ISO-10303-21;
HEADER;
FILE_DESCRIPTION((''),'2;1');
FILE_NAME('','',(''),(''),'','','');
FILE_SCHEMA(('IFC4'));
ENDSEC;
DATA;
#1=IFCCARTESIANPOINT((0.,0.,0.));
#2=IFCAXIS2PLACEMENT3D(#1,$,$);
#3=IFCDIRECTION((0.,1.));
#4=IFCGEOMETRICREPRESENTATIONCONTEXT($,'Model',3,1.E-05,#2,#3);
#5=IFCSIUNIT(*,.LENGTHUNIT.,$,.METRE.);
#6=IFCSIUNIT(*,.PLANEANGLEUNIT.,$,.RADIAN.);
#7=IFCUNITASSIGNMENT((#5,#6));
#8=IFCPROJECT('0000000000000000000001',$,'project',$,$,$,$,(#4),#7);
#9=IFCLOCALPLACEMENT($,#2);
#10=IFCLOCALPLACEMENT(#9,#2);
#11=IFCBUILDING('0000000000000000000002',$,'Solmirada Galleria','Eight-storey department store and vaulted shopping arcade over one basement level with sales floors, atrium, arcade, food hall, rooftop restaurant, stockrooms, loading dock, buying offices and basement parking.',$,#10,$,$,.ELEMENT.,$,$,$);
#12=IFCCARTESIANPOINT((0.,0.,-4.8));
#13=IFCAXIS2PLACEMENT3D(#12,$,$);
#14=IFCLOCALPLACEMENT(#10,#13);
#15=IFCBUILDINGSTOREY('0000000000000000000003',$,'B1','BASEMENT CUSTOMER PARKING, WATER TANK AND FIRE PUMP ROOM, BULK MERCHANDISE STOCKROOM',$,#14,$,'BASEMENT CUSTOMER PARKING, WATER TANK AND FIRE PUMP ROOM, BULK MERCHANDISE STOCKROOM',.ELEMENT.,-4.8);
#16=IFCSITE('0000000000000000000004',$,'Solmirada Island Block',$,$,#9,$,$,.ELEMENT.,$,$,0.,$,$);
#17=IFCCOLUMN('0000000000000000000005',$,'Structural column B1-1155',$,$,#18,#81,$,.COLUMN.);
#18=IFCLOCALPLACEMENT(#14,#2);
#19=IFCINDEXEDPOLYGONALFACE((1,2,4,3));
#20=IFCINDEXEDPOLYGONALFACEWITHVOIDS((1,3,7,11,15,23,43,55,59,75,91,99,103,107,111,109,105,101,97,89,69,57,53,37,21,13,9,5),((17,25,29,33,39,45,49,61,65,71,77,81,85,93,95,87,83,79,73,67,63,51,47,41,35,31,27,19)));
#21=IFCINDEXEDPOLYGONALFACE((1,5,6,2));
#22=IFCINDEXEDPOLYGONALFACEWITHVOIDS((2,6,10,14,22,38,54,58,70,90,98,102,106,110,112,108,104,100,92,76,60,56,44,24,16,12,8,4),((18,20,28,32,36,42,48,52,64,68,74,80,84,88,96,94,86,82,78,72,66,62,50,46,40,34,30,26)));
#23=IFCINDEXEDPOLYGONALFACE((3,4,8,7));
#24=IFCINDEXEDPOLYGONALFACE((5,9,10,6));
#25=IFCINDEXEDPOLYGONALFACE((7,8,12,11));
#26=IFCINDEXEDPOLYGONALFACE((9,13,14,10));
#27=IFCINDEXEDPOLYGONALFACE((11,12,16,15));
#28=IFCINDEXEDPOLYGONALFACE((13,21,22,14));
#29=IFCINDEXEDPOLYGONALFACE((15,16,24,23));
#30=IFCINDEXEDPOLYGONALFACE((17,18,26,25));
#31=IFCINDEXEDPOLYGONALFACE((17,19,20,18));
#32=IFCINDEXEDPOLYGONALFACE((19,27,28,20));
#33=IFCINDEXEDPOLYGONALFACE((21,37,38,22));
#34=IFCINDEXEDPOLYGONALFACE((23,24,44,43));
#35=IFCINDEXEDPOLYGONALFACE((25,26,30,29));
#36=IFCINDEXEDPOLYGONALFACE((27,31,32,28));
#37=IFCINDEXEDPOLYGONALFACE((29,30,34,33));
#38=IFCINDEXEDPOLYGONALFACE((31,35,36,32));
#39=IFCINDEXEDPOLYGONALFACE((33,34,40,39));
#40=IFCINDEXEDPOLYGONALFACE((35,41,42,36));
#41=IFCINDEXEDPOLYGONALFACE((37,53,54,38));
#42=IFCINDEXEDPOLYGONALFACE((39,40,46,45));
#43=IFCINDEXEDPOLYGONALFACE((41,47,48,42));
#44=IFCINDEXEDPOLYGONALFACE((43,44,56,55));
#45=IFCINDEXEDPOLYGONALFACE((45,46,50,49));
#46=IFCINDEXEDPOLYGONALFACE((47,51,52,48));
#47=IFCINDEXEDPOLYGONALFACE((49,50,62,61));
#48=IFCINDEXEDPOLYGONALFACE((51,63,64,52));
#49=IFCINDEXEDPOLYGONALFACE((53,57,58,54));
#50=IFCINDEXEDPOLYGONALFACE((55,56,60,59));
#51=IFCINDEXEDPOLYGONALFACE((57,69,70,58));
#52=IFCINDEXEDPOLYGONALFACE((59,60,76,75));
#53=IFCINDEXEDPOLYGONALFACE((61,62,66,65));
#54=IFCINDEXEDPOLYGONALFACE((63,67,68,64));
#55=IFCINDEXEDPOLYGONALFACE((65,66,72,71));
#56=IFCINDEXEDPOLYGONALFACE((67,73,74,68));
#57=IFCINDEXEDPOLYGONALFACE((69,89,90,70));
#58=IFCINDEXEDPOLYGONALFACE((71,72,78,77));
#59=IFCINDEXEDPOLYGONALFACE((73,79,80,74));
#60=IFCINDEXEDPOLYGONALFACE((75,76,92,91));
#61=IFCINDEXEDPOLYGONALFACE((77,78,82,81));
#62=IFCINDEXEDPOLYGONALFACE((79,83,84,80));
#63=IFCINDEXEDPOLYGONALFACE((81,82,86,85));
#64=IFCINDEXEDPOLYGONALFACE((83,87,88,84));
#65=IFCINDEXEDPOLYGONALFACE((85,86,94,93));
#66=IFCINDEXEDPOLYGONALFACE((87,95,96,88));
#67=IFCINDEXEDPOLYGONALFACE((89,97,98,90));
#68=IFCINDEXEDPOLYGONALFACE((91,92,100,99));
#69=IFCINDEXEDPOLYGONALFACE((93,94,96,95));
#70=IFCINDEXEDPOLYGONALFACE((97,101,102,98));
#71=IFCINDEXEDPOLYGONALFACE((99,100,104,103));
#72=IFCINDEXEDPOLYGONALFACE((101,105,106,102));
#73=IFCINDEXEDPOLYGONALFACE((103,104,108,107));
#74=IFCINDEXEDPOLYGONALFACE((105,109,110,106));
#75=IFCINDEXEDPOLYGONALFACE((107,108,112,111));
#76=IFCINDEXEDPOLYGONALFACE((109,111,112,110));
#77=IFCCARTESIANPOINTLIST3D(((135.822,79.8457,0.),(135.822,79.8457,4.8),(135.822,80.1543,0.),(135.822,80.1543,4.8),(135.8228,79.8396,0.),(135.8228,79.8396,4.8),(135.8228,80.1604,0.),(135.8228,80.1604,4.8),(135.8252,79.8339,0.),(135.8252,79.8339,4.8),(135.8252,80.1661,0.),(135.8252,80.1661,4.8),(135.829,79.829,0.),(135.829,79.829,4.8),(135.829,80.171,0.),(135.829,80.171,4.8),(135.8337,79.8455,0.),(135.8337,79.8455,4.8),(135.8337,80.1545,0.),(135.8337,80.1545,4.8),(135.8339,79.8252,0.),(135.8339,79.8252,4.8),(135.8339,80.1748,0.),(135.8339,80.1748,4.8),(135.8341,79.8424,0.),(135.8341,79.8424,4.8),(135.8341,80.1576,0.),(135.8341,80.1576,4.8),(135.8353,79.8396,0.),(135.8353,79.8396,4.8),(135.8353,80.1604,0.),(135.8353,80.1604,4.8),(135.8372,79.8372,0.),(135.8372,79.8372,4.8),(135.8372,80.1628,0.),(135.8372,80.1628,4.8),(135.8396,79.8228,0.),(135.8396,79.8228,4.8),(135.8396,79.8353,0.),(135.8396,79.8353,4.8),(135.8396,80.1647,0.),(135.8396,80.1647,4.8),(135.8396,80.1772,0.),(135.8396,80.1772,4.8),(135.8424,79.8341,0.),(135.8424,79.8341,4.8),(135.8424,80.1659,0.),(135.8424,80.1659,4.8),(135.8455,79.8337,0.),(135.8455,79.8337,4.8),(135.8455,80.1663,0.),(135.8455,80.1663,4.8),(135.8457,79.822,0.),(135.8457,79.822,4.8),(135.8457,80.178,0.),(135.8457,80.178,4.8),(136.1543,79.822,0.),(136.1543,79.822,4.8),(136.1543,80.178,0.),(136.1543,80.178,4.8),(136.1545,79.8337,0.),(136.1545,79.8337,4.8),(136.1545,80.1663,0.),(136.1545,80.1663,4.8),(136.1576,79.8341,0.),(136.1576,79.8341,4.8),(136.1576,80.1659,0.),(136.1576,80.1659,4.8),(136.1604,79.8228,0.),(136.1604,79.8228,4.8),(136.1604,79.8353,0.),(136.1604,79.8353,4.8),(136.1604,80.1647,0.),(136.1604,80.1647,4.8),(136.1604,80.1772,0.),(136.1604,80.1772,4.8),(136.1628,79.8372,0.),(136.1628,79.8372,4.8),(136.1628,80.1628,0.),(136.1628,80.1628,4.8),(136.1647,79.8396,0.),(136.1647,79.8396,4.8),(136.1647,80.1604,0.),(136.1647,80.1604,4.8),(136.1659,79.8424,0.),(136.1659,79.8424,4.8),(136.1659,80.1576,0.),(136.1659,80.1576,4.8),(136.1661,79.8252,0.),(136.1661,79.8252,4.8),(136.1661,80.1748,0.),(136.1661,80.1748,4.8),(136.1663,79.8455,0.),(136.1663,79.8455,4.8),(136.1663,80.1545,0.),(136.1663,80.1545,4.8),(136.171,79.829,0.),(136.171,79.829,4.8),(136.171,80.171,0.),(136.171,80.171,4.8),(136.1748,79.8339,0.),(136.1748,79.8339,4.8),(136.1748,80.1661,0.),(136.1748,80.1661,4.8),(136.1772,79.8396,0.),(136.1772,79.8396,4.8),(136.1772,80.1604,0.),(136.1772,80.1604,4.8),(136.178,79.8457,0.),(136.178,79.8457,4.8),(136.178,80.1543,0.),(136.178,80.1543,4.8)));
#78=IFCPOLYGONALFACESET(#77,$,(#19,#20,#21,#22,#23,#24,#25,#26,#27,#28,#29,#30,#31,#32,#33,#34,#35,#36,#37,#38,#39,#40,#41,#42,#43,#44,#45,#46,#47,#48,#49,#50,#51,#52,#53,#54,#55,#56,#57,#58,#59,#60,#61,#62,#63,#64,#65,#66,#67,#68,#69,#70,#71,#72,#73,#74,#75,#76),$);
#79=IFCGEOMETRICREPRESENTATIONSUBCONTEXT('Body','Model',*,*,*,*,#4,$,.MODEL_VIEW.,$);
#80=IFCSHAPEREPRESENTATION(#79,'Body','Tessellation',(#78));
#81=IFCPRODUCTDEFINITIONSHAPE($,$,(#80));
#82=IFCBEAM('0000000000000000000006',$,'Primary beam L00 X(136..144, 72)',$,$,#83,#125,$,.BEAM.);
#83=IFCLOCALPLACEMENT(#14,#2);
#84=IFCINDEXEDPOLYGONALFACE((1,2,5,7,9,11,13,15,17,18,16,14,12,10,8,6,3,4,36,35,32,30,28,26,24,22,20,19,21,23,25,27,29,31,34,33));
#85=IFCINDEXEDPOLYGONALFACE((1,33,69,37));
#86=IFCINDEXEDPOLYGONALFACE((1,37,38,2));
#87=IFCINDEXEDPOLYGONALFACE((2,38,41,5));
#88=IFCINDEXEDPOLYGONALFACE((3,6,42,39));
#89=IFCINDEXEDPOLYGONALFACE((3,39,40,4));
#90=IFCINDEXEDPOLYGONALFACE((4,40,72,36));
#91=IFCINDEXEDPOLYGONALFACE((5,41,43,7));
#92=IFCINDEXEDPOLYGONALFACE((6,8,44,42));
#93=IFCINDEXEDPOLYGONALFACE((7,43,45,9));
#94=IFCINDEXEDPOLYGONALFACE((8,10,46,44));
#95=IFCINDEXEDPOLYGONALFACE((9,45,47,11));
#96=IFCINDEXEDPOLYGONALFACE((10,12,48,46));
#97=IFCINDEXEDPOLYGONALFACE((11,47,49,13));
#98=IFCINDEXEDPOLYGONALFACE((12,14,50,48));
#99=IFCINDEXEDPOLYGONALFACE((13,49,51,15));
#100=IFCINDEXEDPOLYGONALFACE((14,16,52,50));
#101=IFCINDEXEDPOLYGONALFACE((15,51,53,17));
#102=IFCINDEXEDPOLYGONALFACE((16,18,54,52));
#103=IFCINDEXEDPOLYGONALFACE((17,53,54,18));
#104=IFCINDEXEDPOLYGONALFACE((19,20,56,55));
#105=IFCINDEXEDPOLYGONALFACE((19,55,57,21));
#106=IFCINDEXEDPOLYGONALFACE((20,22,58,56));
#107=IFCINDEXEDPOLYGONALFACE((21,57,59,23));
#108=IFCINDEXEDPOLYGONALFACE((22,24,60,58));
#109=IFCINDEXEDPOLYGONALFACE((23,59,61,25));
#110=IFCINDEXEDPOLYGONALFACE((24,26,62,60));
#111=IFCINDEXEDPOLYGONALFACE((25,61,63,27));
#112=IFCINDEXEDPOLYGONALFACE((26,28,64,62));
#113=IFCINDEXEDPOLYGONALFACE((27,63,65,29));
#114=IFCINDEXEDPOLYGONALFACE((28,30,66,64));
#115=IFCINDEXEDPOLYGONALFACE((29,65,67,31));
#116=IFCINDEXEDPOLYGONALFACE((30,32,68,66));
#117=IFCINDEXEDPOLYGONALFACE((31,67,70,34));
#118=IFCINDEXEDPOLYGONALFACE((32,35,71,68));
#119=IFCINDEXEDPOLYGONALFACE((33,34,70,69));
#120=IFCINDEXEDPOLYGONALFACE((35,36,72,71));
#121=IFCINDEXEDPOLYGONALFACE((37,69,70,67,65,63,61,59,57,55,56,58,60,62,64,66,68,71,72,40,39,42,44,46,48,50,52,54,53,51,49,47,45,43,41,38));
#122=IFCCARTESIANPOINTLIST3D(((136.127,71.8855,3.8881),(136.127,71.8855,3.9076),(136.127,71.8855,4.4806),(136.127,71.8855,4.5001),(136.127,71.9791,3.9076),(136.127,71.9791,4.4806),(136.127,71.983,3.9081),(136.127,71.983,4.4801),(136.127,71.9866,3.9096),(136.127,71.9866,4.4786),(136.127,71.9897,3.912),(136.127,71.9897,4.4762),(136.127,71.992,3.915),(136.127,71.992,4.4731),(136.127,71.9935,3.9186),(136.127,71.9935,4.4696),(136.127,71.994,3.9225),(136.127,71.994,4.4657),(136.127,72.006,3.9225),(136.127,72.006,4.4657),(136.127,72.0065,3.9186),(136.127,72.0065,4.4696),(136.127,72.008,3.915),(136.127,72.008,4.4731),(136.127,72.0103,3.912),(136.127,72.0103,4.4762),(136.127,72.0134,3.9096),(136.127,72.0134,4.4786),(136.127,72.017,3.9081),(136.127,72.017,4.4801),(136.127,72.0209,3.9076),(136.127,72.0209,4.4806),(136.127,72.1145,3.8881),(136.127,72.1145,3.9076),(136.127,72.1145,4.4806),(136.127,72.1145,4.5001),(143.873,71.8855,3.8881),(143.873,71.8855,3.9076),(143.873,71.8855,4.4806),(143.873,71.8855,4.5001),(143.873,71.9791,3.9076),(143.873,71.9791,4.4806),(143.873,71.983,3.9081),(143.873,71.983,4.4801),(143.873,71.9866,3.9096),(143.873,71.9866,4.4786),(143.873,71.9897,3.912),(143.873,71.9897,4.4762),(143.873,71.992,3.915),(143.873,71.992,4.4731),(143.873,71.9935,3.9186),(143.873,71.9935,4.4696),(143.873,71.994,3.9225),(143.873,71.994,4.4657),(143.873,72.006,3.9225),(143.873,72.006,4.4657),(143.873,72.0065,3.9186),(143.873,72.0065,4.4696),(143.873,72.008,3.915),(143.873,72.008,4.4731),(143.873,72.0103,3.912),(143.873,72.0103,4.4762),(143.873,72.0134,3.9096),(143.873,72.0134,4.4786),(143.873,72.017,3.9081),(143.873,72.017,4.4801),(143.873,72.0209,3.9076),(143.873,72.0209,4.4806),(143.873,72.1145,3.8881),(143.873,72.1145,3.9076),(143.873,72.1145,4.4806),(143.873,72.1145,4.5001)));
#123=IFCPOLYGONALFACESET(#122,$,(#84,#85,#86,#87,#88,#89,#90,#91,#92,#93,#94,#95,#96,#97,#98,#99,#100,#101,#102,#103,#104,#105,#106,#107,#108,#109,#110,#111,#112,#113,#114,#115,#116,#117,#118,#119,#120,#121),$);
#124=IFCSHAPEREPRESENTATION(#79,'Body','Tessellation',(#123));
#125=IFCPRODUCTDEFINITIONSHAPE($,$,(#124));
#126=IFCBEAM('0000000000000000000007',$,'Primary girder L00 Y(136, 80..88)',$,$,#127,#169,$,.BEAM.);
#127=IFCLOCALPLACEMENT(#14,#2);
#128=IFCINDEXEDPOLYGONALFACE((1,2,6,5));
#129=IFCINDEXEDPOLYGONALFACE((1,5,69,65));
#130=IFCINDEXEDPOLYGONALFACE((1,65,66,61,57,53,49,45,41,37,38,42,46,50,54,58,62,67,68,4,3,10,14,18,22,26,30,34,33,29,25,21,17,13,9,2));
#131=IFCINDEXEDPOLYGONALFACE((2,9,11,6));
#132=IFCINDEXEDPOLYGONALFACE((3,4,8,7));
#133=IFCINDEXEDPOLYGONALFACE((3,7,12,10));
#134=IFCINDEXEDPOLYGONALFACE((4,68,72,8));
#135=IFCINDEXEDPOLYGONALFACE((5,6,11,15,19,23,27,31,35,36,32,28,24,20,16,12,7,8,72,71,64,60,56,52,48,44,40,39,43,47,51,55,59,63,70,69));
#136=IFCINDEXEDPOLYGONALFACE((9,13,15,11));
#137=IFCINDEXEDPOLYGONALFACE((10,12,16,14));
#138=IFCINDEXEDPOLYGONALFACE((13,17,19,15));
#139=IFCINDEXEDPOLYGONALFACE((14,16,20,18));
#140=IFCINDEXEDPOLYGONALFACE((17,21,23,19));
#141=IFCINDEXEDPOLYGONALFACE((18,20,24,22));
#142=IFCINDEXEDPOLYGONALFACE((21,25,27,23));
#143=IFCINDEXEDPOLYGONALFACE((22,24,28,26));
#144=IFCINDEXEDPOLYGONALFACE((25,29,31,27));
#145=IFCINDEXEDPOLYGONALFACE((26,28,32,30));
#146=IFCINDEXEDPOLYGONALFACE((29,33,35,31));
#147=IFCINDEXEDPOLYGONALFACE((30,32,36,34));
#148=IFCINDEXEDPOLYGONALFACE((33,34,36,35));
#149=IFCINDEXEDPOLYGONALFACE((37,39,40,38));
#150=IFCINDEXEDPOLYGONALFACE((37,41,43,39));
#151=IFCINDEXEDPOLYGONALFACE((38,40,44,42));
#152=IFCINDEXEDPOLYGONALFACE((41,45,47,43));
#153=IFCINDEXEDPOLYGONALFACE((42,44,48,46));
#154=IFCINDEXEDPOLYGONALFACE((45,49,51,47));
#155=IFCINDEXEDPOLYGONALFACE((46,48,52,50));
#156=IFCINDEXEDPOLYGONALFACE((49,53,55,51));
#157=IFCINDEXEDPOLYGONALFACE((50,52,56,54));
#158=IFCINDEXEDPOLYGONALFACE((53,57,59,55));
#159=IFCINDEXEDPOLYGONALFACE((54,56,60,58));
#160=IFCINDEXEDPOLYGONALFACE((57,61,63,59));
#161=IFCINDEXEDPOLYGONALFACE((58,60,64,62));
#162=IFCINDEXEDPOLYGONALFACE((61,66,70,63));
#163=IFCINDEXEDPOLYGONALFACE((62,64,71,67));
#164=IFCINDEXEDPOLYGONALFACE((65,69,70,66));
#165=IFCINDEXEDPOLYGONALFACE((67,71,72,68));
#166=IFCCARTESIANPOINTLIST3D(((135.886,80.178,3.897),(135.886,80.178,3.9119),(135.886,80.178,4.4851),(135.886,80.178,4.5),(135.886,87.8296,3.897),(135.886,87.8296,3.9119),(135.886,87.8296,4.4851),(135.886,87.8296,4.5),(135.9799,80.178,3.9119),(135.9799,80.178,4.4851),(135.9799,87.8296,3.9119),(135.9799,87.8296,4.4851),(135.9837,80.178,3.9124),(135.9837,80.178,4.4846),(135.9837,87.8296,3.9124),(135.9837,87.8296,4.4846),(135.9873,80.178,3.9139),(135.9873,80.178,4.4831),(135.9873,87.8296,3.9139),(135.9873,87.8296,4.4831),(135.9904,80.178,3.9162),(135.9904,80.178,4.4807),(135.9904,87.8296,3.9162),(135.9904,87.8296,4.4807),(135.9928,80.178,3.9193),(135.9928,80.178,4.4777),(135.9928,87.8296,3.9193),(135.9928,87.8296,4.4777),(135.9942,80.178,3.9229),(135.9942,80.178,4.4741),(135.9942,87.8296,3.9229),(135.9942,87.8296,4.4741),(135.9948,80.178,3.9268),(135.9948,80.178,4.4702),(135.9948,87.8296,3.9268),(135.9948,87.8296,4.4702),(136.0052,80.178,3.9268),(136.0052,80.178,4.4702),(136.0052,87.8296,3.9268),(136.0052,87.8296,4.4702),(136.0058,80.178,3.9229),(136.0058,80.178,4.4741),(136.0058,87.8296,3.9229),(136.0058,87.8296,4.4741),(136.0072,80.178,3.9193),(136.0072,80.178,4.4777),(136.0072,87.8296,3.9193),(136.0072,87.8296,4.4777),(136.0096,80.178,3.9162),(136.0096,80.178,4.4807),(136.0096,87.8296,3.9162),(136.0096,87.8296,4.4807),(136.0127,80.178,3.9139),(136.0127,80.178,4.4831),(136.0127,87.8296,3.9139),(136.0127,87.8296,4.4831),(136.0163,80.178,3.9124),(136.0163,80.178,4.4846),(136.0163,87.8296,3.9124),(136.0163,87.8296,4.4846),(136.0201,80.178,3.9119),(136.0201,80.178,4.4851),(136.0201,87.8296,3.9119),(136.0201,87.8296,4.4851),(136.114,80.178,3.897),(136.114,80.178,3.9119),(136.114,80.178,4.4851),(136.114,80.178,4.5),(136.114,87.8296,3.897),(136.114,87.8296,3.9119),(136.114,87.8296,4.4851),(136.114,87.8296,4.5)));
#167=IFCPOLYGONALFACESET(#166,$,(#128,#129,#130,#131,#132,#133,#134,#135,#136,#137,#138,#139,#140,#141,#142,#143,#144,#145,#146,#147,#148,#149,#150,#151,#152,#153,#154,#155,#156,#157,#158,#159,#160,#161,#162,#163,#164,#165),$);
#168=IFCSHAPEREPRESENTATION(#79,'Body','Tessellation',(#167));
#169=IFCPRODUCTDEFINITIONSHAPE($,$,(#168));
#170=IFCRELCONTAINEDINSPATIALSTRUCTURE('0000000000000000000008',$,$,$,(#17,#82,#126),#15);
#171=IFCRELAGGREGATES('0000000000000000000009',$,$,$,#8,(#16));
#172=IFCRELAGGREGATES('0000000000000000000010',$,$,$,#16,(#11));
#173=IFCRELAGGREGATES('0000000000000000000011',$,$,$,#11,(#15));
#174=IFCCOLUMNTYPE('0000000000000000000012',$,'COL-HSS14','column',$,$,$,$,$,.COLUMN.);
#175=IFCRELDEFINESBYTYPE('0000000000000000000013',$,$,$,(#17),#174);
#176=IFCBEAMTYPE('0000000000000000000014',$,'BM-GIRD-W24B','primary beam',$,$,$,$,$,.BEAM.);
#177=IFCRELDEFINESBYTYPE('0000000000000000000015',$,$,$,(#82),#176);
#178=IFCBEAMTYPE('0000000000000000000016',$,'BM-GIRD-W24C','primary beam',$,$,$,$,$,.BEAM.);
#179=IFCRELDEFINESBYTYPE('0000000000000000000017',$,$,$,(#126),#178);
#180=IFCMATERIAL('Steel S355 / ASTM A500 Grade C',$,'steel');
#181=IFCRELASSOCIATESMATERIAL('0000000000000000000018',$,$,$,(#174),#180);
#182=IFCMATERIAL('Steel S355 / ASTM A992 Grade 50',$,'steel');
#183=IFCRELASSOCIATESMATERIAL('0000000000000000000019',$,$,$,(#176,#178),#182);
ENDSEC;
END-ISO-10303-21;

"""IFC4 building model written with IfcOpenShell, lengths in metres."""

from ifc_helpers import new_model, si_unit, direction, frame, origin, origin_2d, place, context, subcontext, project, spatial, hollow_rectangle, i_section, extrude, material, material_profile, profile_set, type_object, element, save


model = new_model("IFC4")

# Units and contexts
model_context = context("Model", 3, precision=1e-05, world=origin(), true_north=direction((0.0, 1.0)))
body_context = subcontext(model_context, "Body", "Model", "MODEL_VIEW")
ifc_project = project(units=[si_unit("LENGTHUNIT", "METRE"), si_unit("PLANEANGLEUNIT", "RADIAN")], contexts=[model_context])

# Site, building, storey
site_placement = place(None, origin())
site = spatial("IfcSite", under=ifc_project, at=site_placement, Name="Solmirada Island Block", CompositionType="ELEMENT", RefElevation=0.0)
building_placement = place(site_placement, origin())
building = spatial("IfcBuilding", under=site, at=building_placement, Name="Solmirada Galleria", Description="Eight-storey department store and vaulted shopping arcade over one basement level with sales floors, atrium, arcade, food hall, rooftop restaurant, stockrooms, loading dock, buying offices and basement parking.", CompositionType="ELEMENT")
storey_placement = place(building_placement, frame((0.0, 0.0, -4.8)))
storey = spatial("IfcBuildingStorey", under=building, at=storey_placement, Name="B1", Description="BASEMENT CUSTOMER PARKING, WATER TANK AND FIRE PUMP ROOM, BULK MERCHANDISE STOCKROOM", LongName="BASEMENT CUSTOMER PARKING, WATER TANK AND FIRE PUMP ROOM, BULK MERCHANDISE STOCKROOM", CompositionType="ELEMENT", Elevation=-4.8)

# Column
ifc_material_1 = material(Name="Steel S355 / ASTM A500 Grade C", Category="steel")
ifc_material_profile_1 = material_profile(ifc_material_1, hollow_rectangle(XDim=0.356, YDim=0.356, WallThickness=0.0117, InnerFilletRadius=0.0117, OuterFilletRadius=0.0237, at=origin_2d()), Name="HSS14X14X1/2")
ifc_profile_set_1 = profile_set([ifc_material_profile_1], Name="Steel S355 / ASTM A500 Grade C")
column_type_1 = type_object("IfcColumnType", Name="COL-HSS14", Description="column", PredefinedType="COLUMN", material=ifc_profile_set_1)
column_placement = place(storey_placement, frame((136.0, 80.0, 0.0), z_axis=(0.0, 0.0, 1.0), x_axis=(1.0, 0.0, 0.0)))
element("IfcColumn", 1, at=column_placement, inside=storey, type_object=column_type_1, Name="Structural column B1-1155", PredefinedType="COLUMN", context=body_context, shape_type="SweptSolid", body=[
    extrude(hollow_rectangle(XDim=0.356, YDim=0.356, WallThickness=0.0117, InnerFilletRadius=0.0117, OuterFilletRadius=0.0237, at=origin_2d()), origin(), (0.0, 0.0, 1.0), 4.8),
])

# Beams
ifc_material_2 = material(Name="Steel S355 / ASTM A992 Grade 50", Category="steel")
ifc_material_profile_2 = material_profile(ifc_material_2, i_section(OverallWidth=0.229, OverallDepth=0.6121, WebThickness=0.012, FlangeThickness=0.0195, FilletRadius=0.0149, at=origin_2d()), Name="W24X84")
ifc_profile_set_2 = profile_set([ifc_material_profile_2], Name="Steel S355 / ASTM A992 Grade 50")
beam_type_1 = type_object("IfcBeamType", Name="BM-GIRD-W24B", Description="primary beam", PredefinedType="BEAM", material=ifc_profile_set_2)
beam_1_placement = place(storey_placement, frame((136.127, 72.0, 4.1941), z_axis=(1.0, 0.0, 0.0), x_axis=(0.0, 1.0, 0.0)))
element("IfcBeam", 2, at=beam_1_placement, inside=storey, type_object=beam_type_1, Name="Primary beam L00 X(136..144, 72)", PredefinedType="BEAM", context=body_context, shape_type="SweptSolid", body=[
    extrude(i_section(OverallWidth=0.229, OverallDepth=0.6121, WebThickness=0.012, FlangeThickness=0.0195, FilletRadius=0.0149, at=origin_2d()), origin(), (0.0, 0.0, 1.0), 7.7461),
])
ifc_material_profile_3 = material_profile(ifc_material_2, i_section(OverallWidth=0.228, OverallDepth=0.603, WebThickness=0.0105, FlangeThickness=0.0149, FilletRadius=0.0149, at=origin_2d()), Name="W24X68")
ifc_profile_set_3 = profile_set([ifc_material_profile_3], Name="Steel S355 / ASTM A992 Grade 50")
beam_type_2 = type_object("IfcBeamType", Name="BM-GIRD-W24C", Description="primary beam", PredefinedType="BEAM", material=ifc_profile_set_3)
beam_2_placement = place(storey_placement, frame((136.0, 80.178, 4.1985), z_axis=(0.0, 1.0, 0.0), x_axis=(-1.0, 0.0, 0.0)))
element("IfcBeam", 3, at=beam_2_placement, inside=storey, type_object=beam_type_2, Name="Primary girder L00 Y(136, 80..88)", PredefinedType="BEAM", context=body_context, shape_type="SweptSolid", body=[
    extrude(i_section(OverallWidth=0.228, OverallDepth=0.603, WebThickness=0.0105, FlangeThickness=0.0149, FilletRadius=0.0149, at=origin_2d()), origin(), (0.0, 0.0, 1.0), 7.6516),
])

save(model, "model.ifc")
